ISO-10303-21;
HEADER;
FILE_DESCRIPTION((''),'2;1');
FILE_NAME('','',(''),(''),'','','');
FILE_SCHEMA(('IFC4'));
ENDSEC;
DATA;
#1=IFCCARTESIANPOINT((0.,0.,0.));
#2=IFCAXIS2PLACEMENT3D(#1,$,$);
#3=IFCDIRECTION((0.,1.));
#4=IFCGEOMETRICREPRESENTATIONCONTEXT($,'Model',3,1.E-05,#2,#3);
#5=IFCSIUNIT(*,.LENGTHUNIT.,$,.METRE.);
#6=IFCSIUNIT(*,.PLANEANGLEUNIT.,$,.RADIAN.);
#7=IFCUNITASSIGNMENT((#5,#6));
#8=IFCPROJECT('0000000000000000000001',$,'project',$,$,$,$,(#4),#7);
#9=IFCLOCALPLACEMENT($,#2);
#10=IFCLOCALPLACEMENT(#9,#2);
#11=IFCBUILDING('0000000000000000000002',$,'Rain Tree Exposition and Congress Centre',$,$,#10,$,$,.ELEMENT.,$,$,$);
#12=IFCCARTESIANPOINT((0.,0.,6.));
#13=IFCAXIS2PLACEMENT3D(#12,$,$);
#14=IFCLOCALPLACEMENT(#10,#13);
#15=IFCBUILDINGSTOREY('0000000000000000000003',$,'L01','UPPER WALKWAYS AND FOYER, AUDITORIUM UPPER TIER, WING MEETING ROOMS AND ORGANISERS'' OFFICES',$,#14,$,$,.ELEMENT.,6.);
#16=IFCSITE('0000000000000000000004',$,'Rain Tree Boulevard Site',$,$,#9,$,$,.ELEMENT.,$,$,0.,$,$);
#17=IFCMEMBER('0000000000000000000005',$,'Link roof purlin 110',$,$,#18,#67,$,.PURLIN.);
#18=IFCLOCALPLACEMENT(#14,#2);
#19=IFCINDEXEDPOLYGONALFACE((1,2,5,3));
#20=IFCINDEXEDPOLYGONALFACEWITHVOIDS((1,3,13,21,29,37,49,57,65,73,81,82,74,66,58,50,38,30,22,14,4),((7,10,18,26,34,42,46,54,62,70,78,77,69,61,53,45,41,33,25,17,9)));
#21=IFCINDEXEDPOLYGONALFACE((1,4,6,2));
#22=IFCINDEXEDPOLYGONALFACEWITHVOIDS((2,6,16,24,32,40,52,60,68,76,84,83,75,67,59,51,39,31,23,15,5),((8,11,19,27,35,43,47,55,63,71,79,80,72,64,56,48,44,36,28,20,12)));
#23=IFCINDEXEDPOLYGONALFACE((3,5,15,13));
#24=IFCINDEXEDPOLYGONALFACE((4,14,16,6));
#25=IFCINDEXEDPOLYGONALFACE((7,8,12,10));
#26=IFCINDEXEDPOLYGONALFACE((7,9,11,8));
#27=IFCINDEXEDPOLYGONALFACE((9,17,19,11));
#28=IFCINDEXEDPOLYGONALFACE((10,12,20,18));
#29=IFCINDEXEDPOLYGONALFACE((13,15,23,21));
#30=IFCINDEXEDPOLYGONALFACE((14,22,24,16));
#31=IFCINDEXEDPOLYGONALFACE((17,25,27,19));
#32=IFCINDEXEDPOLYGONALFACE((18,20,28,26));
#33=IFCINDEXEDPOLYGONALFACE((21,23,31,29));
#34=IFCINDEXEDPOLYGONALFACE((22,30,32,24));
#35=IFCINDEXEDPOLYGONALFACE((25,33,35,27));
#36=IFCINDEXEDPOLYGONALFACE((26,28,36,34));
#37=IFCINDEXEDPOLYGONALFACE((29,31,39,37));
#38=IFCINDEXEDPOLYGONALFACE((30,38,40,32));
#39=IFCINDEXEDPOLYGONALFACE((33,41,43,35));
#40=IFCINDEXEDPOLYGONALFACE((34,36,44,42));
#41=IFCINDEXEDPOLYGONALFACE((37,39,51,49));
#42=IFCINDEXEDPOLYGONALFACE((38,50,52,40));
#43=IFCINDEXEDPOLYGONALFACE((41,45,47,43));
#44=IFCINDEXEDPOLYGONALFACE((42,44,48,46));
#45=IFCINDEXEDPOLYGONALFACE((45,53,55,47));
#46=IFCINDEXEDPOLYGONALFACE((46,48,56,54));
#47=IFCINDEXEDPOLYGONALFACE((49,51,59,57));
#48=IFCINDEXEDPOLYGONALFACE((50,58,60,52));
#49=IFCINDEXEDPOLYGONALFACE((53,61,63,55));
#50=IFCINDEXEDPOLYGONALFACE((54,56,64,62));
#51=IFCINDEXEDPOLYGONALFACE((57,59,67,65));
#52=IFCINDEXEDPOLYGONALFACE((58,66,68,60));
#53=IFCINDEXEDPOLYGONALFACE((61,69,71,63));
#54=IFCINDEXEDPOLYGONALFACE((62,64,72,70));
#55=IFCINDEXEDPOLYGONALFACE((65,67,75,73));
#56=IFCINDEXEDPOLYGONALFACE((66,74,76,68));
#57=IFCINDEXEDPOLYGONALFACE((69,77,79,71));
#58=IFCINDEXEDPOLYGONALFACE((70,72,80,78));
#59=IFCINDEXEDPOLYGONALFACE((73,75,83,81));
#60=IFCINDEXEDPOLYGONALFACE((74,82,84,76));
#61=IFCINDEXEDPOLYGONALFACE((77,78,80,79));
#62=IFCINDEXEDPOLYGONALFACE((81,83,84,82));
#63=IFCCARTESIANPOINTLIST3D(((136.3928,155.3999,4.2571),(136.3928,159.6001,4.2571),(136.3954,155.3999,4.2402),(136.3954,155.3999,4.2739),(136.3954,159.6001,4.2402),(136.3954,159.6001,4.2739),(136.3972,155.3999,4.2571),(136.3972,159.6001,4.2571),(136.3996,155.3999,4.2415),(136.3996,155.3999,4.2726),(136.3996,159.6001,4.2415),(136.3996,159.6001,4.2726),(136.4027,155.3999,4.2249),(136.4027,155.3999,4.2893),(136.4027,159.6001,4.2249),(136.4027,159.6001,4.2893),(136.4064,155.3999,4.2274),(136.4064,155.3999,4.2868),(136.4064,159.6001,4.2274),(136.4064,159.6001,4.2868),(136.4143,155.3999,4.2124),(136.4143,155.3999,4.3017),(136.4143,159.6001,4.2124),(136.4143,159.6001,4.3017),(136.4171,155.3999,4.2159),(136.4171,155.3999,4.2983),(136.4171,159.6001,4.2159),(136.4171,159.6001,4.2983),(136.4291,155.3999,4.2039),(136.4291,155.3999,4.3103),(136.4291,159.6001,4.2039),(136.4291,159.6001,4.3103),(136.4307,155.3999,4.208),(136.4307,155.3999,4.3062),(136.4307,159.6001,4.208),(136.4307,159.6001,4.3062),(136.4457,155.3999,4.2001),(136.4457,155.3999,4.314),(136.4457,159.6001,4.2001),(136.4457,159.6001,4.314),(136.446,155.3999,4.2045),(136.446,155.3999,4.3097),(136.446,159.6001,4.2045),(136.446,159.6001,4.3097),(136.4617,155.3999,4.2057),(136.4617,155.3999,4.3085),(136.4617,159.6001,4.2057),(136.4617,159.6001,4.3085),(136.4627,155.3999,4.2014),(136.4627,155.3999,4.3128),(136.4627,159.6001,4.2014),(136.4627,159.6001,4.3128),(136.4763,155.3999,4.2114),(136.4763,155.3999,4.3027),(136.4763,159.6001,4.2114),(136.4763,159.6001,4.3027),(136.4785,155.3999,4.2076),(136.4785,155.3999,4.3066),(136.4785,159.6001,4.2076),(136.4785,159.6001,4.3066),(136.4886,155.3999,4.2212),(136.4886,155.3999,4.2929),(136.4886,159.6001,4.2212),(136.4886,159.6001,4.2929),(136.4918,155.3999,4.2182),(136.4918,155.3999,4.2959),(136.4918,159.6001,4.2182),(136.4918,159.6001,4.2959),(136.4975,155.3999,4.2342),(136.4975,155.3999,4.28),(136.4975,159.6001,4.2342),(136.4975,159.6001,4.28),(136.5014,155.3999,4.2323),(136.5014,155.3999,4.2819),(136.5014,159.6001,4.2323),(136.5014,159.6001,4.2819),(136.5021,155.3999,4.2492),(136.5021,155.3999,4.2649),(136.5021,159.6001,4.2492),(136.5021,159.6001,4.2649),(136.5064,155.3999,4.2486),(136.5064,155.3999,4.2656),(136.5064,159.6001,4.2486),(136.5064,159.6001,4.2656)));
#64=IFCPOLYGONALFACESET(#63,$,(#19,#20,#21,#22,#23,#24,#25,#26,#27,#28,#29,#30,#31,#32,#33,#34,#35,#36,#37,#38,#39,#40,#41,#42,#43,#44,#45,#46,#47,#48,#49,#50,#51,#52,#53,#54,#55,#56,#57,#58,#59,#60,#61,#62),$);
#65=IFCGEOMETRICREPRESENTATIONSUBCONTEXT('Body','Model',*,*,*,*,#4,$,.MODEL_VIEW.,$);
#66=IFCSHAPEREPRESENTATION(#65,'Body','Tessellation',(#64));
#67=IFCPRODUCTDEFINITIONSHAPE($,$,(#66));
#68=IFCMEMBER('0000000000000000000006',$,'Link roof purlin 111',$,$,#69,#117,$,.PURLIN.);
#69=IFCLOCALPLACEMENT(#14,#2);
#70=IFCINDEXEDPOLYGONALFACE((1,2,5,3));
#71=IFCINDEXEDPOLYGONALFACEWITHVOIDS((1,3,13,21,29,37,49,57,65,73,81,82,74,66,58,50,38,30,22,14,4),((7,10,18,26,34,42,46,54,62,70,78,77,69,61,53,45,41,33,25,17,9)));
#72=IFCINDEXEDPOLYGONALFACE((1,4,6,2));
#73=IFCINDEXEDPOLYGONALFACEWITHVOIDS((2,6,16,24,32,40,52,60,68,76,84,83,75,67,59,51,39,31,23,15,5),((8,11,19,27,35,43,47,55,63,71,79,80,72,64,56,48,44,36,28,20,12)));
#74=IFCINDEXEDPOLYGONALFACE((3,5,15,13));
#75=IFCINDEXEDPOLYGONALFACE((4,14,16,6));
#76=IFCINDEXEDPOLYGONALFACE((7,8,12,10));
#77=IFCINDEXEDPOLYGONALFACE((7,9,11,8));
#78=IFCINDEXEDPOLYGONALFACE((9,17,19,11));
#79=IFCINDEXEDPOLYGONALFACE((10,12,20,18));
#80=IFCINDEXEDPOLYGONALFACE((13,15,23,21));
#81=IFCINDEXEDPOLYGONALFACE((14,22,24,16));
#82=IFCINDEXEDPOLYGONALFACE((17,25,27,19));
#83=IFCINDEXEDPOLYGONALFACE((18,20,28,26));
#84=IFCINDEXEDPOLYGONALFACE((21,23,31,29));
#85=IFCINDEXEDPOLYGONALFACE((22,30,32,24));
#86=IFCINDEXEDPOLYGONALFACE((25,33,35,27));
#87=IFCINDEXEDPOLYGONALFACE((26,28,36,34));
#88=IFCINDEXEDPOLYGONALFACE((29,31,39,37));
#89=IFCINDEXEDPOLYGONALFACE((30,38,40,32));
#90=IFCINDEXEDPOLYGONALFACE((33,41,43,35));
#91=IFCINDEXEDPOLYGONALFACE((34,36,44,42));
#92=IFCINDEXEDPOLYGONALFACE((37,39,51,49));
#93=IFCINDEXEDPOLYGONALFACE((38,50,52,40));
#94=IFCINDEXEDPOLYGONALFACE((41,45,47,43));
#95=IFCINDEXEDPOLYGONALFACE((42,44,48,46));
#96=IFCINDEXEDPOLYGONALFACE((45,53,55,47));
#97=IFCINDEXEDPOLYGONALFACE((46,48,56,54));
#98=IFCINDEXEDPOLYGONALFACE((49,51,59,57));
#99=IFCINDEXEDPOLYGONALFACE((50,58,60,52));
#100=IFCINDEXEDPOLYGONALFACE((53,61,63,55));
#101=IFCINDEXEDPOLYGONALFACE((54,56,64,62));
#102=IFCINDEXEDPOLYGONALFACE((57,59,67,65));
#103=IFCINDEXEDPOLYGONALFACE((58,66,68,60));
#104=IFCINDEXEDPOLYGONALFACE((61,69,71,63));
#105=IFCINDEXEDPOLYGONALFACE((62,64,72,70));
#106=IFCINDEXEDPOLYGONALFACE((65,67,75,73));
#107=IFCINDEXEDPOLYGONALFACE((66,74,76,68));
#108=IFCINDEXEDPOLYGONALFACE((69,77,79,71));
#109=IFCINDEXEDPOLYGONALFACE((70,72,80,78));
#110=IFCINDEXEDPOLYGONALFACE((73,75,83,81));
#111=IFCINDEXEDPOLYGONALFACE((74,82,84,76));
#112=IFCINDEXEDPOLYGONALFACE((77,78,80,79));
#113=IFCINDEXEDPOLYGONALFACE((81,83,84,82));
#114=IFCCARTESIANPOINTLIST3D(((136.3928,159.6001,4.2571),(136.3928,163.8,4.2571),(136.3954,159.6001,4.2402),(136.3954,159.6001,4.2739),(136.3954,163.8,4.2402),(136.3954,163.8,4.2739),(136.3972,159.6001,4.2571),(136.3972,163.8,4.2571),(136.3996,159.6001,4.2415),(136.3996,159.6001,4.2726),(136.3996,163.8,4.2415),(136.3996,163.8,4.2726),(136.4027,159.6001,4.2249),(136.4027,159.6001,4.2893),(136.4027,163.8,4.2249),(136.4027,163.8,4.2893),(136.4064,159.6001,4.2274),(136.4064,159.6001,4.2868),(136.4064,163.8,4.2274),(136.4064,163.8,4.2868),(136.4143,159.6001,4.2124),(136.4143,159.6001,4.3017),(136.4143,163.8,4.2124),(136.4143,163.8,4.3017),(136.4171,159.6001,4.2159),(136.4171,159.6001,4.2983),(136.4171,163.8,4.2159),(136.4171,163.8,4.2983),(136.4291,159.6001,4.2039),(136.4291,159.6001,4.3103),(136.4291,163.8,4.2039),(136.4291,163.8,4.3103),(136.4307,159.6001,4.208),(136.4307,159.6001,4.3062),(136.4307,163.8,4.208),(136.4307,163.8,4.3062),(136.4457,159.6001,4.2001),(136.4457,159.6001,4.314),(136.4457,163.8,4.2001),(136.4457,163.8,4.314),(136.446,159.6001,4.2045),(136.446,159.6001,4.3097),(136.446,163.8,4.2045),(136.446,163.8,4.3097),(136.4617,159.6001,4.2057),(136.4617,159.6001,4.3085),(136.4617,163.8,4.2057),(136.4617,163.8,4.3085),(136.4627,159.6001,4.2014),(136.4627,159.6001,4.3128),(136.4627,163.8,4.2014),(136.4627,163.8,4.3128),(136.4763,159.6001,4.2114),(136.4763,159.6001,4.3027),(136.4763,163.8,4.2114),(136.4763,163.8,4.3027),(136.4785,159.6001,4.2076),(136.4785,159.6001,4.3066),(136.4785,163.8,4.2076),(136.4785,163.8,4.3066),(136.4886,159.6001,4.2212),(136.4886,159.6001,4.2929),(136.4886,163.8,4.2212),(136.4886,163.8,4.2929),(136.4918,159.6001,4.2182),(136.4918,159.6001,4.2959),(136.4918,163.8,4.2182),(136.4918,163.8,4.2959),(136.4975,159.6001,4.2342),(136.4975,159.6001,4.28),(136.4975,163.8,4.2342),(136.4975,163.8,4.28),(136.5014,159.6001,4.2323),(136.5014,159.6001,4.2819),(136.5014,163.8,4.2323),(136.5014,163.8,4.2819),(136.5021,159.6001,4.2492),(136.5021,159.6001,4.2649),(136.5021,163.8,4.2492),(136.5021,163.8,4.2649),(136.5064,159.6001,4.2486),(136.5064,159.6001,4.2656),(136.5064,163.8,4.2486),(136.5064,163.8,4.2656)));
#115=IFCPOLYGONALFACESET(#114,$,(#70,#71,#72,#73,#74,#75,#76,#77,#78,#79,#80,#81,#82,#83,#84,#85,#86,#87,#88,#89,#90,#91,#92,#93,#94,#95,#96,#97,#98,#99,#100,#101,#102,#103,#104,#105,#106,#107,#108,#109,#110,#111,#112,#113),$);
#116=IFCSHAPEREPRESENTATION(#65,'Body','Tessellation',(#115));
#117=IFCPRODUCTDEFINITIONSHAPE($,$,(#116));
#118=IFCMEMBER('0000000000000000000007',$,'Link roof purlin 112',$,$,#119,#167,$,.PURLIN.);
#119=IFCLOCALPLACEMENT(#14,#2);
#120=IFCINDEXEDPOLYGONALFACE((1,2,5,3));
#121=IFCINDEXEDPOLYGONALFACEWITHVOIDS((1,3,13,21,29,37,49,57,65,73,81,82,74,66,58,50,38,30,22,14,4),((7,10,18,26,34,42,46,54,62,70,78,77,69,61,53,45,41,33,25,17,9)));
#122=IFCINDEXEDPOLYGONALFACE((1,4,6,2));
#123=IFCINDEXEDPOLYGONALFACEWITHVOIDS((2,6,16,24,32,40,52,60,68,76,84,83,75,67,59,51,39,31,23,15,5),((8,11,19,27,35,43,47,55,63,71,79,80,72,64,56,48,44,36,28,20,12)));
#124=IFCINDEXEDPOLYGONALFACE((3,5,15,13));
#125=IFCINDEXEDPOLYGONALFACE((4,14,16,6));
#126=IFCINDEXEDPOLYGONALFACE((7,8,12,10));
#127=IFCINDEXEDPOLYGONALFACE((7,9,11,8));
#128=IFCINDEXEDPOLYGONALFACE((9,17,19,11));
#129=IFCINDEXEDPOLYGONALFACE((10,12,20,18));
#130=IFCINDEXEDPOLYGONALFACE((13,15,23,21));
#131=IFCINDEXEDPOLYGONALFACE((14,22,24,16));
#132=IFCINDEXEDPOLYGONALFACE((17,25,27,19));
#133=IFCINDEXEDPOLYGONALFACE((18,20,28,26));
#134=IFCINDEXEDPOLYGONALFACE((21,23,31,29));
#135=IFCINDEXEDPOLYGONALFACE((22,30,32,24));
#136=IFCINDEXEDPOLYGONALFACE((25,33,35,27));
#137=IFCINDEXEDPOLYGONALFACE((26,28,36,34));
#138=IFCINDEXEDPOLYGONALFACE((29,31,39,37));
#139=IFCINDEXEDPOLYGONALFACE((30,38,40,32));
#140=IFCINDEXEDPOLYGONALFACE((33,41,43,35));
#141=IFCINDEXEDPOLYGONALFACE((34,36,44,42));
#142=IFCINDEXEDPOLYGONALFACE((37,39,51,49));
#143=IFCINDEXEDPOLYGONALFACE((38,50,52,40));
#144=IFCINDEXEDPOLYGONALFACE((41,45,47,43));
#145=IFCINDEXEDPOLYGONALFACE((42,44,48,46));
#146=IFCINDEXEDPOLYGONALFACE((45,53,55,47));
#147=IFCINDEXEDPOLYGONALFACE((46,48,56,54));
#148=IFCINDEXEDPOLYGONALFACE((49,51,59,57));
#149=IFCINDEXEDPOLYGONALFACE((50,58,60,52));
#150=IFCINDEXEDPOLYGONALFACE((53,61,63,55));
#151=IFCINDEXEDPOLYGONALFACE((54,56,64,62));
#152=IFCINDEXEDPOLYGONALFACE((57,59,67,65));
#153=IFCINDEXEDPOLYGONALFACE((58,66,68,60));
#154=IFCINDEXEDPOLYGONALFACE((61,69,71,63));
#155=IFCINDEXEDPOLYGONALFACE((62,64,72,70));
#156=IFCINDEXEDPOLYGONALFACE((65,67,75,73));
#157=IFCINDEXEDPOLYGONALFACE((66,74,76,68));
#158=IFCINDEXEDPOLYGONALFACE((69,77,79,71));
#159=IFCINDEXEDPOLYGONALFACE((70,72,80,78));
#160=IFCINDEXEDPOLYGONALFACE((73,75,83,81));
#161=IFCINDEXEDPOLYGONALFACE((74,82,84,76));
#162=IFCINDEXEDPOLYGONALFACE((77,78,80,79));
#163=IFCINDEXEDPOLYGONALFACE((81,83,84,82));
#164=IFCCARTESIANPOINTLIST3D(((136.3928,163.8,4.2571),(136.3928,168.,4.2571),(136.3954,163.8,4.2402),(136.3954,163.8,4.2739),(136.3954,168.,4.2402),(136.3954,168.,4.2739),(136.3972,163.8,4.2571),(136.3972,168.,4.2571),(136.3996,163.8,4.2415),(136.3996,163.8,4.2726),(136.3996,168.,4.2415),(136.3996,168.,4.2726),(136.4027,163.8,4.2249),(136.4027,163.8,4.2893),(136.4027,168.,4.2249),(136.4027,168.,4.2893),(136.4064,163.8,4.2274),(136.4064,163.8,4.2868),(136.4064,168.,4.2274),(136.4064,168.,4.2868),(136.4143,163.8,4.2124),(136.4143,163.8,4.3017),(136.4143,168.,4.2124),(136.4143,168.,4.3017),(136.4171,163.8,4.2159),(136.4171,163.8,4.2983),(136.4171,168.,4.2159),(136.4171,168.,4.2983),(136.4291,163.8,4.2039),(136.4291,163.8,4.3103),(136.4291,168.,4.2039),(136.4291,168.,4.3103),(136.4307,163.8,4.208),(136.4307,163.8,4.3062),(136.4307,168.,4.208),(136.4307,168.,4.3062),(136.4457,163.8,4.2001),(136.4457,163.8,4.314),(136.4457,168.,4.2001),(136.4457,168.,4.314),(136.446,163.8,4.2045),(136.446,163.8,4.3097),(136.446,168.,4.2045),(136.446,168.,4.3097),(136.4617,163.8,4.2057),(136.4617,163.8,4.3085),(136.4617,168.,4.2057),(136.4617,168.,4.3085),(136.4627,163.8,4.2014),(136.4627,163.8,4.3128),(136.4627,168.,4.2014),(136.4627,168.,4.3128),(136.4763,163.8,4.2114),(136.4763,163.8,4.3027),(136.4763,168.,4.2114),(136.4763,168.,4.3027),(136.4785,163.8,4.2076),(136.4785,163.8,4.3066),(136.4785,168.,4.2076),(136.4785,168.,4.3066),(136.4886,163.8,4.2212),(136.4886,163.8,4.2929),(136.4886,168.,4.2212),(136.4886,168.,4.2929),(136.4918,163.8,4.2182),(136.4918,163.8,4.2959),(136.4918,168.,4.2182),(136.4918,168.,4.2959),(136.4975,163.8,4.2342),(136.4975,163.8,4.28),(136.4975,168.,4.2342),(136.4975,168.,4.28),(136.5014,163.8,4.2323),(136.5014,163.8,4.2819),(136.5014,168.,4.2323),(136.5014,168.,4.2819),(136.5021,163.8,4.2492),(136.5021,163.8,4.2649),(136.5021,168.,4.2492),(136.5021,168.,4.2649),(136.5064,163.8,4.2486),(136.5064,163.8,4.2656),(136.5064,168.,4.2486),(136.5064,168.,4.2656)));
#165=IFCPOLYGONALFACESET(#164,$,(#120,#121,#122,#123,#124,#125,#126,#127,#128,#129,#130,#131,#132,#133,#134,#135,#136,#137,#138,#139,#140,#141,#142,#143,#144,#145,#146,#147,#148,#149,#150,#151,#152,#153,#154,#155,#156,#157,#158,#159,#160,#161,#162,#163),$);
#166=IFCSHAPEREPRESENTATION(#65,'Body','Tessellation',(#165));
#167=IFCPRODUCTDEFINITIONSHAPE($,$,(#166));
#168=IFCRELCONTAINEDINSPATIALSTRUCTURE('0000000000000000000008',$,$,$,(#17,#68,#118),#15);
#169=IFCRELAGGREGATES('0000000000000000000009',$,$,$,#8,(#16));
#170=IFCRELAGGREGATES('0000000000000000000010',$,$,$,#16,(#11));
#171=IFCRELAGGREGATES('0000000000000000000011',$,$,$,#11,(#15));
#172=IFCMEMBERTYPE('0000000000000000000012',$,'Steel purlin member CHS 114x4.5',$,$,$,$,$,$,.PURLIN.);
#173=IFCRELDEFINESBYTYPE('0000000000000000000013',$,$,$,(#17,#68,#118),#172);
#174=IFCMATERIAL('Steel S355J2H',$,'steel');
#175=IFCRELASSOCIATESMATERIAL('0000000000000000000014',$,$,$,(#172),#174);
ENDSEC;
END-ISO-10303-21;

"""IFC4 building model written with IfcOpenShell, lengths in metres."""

from ifc_helpers import new_model, si_unit, direction, frame, origin, origin_2d, place, context, subcontext, project, spatial, hollow_circle, extrude, material, material_profile, profile_set, type_object, element, save


model = new_model("IFC4")

# Units and contexts
model_context = context("Model", 3, precision=1e-05, world=origin(), true_north=direction((0.0, 1.0)))
body_context = subcontext(model_context, "Body", "Model", "MODEL_VIEW")
ifc_project = project(units=[si_unit("LENGTHUNIT", "METRE"), si_unit("PLANEANGLEUNIT", "RADIAN")], contexts=[model_context])

# Site, building, storey
site_placement = place(None, origin())
site = spatial("IfcSite", under=ifc_project, at=site_placement, Name="Rain Tree Boulevard Site", CompositionType="ELEMENT", RefElevation=0.0)
building_placement = place(site_placement, origin())
building = spatial("IfcBuilding", under=site, at=building_placement, Name="Rain Tree Exposition and Congress Centre", CompositionType="ELEMENT")
storey_placement = place(building_placement, frame((0.0, 0.0, 6.0)))
storey = spatial("IfcBuildingStorey", under=building, at=storey_placement, Name="L01", Description="UPPER WALKWAYS AND FOYER, AUDITORIUM UPPER TIER, WING MEETING ROOMS AND ORGANISERS' OFFICES", CompositionType="ELEMENT", Elevation=6.0)

# Members
ifc_material_1 = material(Name="Steel S355J2H", Category="steel")
ifc_material_profile = material_profile(ifc_material_1, hollow_circle(Radius=0.0571, WallThickness=0.0044, at=origin_2d()), Name="CHS 114x4.5")
ifc_profile_set = profile_set([ifc_material_profile], Name="Steel S355J2H")
member_type = type_object("IfcMemberType", Name="Steel purlin member CHS 114x4.5", PredefinedType="PURLIN", material=ifc_profile_set)
member_1_placement = place(storey_placement, frame((136.45, 155.3999, 4.2571), z_axis=(0.0, 1.0, 0.0), x_axis=(-1.0, 0.0, 0.0)))
element("IfcMember", 1, at=member_1_placement, inside=storey, type_object=member_type, Name="Link roof purlin 110", PredefinedType="PURLIN", context=body_context, shape_type="SweptSolid", body=[
    extrude(hollow_circle(Radius=0.0571, WallThickness=0.0044, at=origin_2d()), origin(), (0.0, 0.0, 1.0), 4.2002),
])
for number, where, z_axis, x_axis, name in (
    (2, (136.45, 159.6001, 4.2571), (0.0, 1.0, 0.0), (-1.0, 0.0, 0.0), "Link roof purlin 111"),
    (3, (136.45, 163.8, 4.2571), (0.0, 1.0, 0.0), (-1.0, 0.0, 0.0), "Link roof purlin 112"),
):
    element("IfcMember", number, at=place(storey_placement, frame(where, z_axis=z_axis, x_axis=x_axis)), inside=storey, type_object=member_type, Name=name, PredefinedType="PURLIN", context=body_context, shape_type="SweptSolid", body=[
        extrude(hollow_circle(Radius=0.0571, WallThickness=0.0044, at=origin_2d()), origin(), (0.0, 0.0, 1.0), 4.2),
    ])

save(model, "model.ifc")
